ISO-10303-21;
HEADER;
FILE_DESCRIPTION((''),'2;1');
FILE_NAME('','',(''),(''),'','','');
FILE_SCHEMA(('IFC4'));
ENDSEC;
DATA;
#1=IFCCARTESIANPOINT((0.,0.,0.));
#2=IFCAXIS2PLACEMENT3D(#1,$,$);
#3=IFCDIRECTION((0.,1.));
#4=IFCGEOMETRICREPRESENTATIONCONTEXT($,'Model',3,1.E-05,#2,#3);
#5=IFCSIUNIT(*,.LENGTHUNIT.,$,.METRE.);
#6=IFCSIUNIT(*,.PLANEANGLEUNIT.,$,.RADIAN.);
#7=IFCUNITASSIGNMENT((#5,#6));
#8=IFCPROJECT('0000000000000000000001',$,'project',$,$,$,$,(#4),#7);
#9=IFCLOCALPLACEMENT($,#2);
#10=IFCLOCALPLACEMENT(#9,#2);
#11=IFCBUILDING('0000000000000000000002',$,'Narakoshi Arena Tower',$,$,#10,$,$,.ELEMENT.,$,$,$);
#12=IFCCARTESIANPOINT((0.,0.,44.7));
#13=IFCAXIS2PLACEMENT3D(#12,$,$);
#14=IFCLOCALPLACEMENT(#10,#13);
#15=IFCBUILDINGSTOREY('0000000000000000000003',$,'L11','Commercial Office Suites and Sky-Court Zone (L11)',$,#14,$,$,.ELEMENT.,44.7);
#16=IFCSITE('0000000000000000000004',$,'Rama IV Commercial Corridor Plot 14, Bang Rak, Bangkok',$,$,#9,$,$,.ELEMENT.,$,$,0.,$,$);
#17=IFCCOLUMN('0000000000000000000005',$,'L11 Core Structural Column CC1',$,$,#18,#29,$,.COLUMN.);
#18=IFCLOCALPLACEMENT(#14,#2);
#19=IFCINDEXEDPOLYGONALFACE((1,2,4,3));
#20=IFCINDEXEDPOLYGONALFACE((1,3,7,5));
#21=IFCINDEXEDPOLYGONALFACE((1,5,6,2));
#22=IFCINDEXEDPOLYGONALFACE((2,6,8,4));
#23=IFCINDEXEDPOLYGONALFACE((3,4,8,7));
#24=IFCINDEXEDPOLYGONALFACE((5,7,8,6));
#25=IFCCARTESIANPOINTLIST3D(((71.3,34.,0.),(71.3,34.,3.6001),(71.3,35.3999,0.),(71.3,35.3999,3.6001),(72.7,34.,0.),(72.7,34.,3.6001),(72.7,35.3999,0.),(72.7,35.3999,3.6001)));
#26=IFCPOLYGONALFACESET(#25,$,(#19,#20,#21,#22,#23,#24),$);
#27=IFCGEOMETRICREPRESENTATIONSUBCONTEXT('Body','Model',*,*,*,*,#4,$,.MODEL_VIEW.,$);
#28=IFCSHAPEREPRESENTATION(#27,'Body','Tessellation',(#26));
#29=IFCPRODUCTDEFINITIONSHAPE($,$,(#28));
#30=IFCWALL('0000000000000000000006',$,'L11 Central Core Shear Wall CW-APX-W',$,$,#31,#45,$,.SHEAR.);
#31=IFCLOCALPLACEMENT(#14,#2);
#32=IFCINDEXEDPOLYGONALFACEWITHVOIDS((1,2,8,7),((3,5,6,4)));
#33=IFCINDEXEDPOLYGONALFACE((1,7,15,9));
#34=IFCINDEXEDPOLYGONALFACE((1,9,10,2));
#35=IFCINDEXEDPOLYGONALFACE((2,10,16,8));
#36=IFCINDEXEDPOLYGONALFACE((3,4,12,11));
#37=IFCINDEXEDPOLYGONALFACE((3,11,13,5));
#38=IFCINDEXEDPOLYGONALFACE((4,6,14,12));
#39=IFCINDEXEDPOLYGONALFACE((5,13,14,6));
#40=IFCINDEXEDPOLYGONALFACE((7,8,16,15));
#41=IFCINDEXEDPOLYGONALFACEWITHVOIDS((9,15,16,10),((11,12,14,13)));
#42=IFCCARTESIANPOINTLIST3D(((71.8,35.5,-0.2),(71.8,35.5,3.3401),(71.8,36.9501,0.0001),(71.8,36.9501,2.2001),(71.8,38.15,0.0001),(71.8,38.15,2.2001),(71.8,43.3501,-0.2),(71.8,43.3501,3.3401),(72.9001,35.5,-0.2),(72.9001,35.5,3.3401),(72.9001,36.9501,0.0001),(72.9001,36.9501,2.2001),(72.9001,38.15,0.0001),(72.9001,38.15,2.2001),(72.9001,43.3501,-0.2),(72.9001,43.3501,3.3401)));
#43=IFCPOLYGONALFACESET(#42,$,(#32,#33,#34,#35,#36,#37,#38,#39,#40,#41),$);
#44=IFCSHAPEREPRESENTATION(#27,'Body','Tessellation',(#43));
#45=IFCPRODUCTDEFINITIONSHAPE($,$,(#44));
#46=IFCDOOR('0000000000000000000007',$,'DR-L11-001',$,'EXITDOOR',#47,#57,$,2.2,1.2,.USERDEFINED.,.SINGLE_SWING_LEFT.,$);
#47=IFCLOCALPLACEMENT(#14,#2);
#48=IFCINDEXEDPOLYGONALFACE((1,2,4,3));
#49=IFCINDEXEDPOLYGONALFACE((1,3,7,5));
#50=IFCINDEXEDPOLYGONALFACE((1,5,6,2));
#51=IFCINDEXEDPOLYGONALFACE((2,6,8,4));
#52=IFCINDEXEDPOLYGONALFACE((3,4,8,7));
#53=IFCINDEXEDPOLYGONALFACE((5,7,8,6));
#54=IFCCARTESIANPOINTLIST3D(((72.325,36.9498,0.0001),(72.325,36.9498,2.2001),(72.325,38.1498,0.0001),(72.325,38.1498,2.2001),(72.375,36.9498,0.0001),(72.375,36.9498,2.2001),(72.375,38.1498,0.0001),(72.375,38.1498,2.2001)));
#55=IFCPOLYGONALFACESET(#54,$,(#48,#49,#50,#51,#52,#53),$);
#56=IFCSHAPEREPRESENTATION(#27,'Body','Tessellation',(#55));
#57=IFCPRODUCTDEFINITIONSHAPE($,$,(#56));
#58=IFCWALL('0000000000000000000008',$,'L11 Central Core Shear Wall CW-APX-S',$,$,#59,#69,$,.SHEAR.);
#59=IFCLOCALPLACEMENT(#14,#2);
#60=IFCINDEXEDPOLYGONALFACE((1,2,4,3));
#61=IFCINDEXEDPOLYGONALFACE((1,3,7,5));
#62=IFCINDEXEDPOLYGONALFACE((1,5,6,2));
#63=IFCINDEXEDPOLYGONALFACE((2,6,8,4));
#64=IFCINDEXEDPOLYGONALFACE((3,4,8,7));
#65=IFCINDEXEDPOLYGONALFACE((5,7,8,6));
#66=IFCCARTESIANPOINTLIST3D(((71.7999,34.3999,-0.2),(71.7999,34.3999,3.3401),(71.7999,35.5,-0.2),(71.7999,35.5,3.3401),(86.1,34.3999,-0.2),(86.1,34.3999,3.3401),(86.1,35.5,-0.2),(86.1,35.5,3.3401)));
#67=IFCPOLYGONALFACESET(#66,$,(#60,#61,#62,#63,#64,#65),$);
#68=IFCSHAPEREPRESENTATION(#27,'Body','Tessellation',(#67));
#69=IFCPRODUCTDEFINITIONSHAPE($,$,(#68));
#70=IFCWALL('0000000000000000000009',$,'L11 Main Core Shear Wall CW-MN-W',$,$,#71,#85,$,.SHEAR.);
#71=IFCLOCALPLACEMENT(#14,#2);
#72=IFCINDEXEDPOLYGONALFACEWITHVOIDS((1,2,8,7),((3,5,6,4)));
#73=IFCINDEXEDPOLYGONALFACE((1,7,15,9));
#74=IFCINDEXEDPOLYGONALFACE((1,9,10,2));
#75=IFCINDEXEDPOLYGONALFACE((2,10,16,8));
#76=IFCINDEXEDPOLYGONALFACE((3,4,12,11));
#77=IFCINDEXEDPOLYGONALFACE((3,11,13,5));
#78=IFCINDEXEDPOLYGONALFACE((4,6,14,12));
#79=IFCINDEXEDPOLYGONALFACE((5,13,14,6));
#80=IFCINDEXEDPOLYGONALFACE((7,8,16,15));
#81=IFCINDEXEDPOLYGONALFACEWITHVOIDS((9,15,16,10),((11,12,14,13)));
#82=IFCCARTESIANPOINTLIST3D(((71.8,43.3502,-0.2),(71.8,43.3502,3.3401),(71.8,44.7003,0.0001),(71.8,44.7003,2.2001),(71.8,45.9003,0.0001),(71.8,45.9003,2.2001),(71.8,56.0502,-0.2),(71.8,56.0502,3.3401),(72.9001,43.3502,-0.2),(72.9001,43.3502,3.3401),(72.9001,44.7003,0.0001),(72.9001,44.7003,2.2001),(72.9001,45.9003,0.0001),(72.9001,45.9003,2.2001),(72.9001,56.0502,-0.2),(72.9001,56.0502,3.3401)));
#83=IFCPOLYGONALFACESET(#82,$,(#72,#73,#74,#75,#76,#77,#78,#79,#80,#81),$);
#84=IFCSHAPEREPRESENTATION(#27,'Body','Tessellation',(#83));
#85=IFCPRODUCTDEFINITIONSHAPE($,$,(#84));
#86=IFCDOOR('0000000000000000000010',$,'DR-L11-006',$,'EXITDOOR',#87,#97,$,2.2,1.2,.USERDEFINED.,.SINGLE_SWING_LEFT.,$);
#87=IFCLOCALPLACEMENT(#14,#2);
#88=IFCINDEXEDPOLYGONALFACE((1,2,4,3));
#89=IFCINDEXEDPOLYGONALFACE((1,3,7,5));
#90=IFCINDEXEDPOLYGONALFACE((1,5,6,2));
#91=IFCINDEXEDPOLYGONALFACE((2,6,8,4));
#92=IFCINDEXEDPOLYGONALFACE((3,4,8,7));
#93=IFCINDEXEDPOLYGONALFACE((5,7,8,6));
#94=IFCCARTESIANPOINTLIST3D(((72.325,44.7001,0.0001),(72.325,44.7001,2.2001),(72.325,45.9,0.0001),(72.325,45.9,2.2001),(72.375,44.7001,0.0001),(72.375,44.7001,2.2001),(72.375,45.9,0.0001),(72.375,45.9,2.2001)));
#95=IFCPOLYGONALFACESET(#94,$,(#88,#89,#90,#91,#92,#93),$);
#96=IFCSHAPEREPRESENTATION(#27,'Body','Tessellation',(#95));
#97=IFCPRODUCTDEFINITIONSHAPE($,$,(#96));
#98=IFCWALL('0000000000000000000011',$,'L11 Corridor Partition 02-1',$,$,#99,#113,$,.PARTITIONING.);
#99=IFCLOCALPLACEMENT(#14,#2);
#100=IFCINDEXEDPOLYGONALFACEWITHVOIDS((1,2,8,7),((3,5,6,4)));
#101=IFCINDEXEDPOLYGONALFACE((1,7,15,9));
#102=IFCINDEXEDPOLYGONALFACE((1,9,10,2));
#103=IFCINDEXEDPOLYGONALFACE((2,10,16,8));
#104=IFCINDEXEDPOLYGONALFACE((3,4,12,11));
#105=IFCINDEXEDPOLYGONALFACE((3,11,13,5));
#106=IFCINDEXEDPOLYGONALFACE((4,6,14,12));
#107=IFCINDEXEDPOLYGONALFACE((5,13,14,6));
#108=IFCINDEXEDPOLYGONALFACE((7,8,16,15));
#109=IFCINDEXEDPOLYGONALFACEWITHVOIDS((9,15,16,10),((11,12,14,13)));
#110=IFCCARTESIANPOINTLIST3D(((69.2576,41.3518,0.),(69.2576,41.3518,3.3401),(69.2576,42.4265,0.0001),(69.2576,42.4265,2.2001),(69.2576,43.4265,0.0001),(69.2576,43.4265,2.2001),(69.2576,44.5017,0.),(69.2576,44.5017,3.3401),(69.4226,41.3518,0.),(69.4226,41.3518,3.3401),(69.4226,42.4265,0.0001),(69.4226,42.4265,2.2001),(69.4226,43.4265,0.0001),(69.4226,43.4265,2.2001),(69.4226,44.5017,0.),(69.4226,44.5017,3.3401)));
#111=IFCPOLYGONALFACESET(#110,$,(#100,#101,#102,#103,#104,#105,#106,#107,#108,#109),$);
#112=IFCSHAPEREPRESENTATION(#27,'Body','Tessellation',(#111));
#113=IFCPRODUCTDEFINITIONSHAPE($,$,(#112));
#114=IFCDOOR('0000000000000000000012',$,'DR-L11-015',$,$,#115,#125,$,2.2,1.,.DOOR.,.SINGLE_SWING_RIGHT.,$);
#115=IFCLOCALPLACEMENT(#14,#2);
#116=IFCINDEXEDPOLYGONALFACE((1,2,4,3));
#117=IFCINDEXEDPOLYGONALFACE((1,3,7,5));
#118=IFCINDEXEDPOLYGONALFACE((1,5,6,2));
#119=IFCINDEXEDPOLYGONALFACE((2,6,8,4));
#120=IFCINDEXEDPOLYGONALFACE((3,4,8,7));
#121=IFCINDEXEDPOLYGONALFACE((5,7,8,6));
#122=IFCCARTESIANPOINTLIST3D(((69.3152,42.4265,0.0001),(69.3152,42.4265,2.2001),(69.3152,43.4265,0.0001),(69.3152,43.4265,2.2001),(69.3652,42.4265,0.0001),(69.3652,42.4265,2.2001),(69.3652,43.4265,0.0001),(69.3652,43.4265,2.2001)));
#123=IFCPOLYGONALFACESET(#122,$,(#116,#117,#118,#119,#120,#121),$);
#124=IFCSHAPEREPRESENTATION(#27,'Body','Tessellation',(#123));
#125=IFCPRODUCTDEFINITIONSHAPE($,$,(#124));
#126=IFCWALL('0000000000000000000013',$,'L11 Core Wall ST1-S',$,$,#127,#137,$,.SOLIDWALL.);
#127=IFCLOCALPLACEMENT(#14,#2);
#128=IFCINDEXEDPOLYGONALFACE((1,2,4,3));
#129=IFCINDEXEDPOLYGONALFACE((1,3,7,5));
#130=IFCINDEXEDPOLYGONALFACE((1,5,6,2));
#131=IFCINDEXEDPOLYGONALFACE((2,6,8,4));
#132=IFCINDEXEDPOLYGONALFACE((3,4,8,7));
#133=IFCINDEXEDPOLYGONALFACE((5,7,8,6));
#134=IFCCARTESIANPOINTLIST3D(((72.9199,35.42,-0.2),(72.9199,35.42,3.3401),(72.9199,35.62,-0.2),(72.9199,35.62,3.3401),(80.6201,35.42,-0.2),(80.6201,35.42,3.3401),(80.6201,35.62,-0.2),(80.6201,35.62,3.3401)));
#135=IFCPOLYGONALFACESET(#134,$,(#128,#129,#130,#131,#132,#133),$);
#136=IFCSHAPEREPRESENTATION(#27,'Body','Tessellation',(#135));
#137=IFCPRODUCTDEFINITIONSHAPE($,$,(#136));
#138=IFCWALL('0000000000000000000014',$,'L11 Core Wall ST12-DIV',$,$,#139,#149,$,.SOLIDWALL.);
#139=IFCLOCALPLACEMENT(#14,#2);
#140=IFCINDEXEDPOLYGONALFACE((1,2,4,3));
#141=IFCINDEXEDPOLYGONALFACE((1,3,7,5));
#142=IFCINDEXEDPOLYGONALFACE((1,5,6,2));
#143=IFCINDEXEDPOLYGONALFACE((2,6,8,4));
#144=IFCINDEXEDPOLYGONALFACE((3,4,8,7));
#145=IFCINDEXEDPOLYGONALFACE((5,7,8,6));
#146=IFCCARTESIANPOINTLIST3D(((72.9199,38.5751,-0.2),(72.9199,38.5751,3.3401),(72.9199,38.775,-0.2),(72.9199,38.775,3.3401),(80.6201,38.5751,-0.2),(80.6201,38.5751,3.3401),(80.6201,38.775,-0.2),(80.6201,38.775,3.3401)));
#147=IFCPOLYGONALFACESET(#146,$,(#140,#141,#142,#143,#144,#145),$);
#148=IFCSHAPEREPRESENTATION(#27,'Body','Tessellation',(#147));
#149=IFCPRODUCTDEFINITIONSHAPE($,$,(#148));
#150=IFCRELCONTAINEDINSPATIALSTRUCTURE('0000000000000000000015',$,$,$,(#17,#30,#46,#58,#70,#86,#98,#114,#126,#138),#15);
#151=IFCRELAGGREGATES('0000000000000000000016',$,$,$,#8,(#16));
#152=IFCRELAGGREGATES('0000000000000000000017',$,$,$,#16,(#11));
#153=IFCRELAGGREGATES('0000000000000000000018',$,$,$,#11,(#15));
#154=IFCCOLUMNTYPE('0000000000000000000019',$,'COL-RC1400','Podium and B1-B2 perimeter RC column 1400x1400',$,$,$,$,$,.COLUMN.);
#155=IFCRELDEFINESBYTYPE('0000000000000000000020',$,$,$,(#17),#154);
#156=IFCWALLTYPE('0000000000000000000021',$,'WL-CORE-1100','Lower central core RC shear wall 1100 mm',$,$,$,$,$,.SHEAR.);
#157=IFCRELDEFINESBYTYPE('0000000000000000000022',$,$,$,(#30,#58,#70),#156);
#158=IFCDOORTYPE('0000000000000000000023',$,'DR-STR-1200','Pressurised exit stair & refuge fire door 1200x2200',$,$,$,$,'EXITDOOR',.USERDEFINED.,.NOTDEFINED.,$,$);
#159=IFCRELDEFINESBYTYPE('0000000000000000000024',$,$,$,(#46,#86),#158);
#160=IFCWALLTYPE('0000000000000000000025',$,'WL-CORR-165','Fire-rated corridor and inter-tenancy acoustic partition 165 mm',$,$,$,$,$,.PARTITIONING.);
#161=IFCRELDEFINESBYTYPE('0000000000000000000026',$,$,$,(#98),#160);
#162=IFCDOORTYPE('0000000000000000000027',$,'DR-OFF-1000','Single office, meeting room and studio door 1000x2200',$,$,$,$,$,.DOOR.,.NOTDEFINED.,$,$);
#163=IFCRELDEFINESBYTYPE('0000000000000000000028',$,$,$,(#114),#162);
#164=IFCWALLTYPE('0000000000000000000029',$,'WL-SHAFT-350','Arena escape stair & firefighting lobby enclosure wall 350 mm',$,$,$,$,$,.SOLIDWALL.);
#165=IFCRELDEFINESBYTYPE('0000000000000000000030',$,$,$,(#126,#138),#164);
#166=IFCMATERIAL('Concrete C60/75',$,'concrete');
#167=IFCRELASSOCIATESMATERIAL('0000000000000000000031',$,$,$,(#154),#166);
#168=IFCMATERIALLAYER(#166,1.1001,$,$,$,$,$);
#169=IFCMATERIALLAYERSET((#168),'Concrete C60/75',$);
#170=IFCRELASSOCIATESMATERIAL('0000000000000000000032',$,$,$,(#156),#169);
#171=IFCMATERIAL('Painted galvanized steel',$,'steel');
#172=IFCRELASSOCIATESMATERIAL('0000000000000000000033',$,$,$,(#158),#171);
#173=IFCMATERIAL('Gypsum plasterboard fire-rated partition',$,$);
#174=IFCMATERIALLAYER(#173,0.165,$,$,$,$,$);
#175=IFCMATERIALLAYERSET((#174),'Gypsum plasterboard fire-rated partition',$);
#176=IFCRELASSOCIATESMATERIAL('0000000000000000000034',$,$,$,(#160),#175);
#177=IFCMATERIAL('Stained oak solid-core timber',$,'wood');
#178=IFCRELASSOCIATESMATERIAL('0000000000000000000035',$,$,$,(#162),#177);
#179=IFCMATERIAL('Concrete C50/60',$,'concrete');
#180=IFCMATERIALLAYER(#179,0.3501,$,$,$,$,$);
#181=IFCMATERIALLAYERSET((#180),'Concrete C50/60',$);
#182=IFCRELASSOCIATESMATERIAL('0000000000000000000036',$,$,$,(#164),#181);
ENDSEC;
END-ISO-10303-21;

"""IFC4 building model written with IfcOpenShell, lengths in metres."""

from ifc_helpers import new_model, si_unit, direction, frame, frame_2d, origin, origin_2d, place, context, subcontext, project, spatial, rectangle, extrude, material, layer, layer_set, material_profile, profile_set, type_object, element, fill, save


model = new_model("IFC4")

# Units and contexts
model_context = context("Model", 3, precision=1e-05, world=origin(), true_north=direction((0.0, 1.0)))
body_context = subcontext(model_context, "Body", "Model", "MODEL_VIEW")
ifc_project = project(units=[si_unit("LENGTHUNIT", "METRE"), si_unit("PLANEANGLEUNIT", "RADIAN")], contexts=[model_context])

# Site, building, storey
site_placement = place(None, origin())
site = spatial("IfcSite", under=ifc_project, at=site_placement, Name="Rama IV Commercial Corridor Plot 14, Bang Rak, Bangkok", CompositionType="ELEMENT", RefElevation=0.0)
building_placement = place(site_placement, origin())
building = spatial("IfcBuilding", under=site, at=building_placement, Name="Narakoshi Arena Tower", CompositionType="ELEMENT")
storey_placement = place(building_placement, frame((0.0, 0.0, 44.7)))
storey = spatial("IfcBuildingStorey", under=building, at=storey_placement, Name="L11", Description="Commercial Office Suites and Sky-Court Zone (L11)", CompositionType="ELEMENT", Elevation=44.7)

# Column
ifc_material_1 = material(Name="Concrete C60/75", Category="concrete")
ifc_material_profile = material_profile(ifc_material_1, rectangle(XDim=1.3999, YDim=1.3999, at=origin_2d()), Name="RC1400x1400")
ifc_profile_set = profile_set([ifc_material_profile], Name="Concrete C60/75")
column_type = type_object("IfcColumnType", Name="COL-RC1400", Description="Podium and B1-B2 perimeter RC column 1400x1400", PredefinedType="COLUMN", material=ifc_profile_set)
column_placement = place(storey_placement, frame((72.0, 34.7, 0.0), z_axis=(0.0, 0.0, 1.0), x_axis=(1.0, 0.0, 0.0)))
element("IfcColumn", 1, at=column_placement, inside=storey, type_object=column_type, Name="L11 Core Structural Column CC1", PredefinedType="COLUMN", context=body_context, shape_type="SweptSolid", body=[
    extrude(rectangle(XDim=1.3999, YDim=1.3999, at=origin_2d()), origin(), (0.0, 0.0, 1.0), 3.6001),
])

# Wall, opening, door
ifc_layer_1 = layer(ifc_material_1, 1.1001)
ifc_layer_set_1 = layer_set([ifc_layer_1], Name="Concrete C60/75")
wall_type_1 = type_object("IfcWallType", Name="WL-CORE-1100", Description="Lower central core RC shear wall 1100 mm", PredefinedType="SHEAR", material=ifc_layer_set_1)
wall_1_placement = place(storey_placement, frame((72.3501, 35.5, -0.2), z_axis=(0.0, 0.0, 1.0), x_axis=(0.0, 1.0, 0.0)))
wall_1 = element("IfcWall", 2, at=wall_1_placement, inside=storey, type_object=wall_type_1, Name="L11 Central Core Shear Wall CW-APX-W", PredefinedType="SHEAR", context=body_context, shape_type="SweptSolid", body=[
    extrude(rectangle(XDim=7.8501, YDim=1.1001, at=frame_2d((3.925, 0.0))), origin(), (0.0, 0.0, 1.0), 3.54),
])
opening_1_placement = place(wall_1_placement, frame((1.45, 0.0, 0.2)))
opening_1 = element("IfcOpeningElement", 3, at=opening_1_placement, cuts=wall_1, PredefinedType="OPENING", context=body_context, shape_type="SweptSolid", body=[
    extrude(rectangle(XDim=1.2, YDim=2.2, at=frame_2d((0.6001, 1.1001))), frame((0.0, 0.5601, 0.0), z_axis=(0.0, -1.0, 0.0), x_axis=(1.0, 0.0, 0.0)), (0.0, 0.0, 1.0), 1.1201),
])
ifc_material_2 = material(Name="Painted galvanized steel", Category="steel")
door_type_1 = type_object("IfcDoorType", Name="DR-STR-1200", Description="Pressurised exit stair & refuge fire door 1200x2200", ElementType="EXITDOOR", OperationType="NOTDEFINED", PredefinedType="USERDEFINED", material=ifc_material_2)
door_1_placement = place(opening_1_placement, frame((1.2, 0.0, 0.0), z_axis=(0.0, 0.0, 1.0), x_axis=(-1.0, 0.0, 0.0)))
door_1 = element("IfcDoor", 4, at=door_1_placement, inside=storey, type_object=door_type_1, Name="DR-L11-001", ObjectType="EXITDOOR", OperationType="SINGLE_SWING_LEFT", OverallHeight=2.2, OverallWidth=1.2, PredefinedType="USERDEFINED", context=body_context, shape_type="SweptSolid", body=[
    extrude(rectangle(XDim=1.2, YDim=2.2, at=frame_2d((0.6001, 1.1001))), frame((0.0, 0.0249, 0.0), z_axis=(0.0, -1.0, 0.0), x_axis=(1.0, 0.0, 0.0)), (0.0, 0.0, 1.0), 0.05),
])
fill(opening_1, door_1)

# Wall
wall_2_placement = place(storey_placement, frame((71.8, 34.95, -0.2), z_axis=(0.0, 0.0, 1.0), x_axis=(1.0, 0.0, 0.0)))
element("IfcWall", 5, at=wall_2_placement, inside=storey, type_object=wall_type_1, Name="L11 Central Core Shear Wall CW-APX-S", PredefinedType="SHEAR", context=body_context, shape_type="SweptSolid", body=[
    extrude(rectangle(XDim=14.3, YDim=1.1001, at=frame_2d((7.1499, 0.0))), origin(), (0.0, 0.0, 1.0), 3.54),
])

# Walls, openings, doors
wall_3_placement = place(storey_placement, frame((72.3501, 43.3501, -0.2), z_axis=(0.0, 0.0, 1.0), x_axis=(0.0, 1.0, 0.0)))
wall_3 = element("IfcWall", 6, at=wall_3_placement, inside=storey, type_object=wall_type_1, Name="L11 Main Core Shear Wall CW-MN-W", PredefinedType="SHEAR", context=body_context, shape_type="SweptSolid", body=[
    extrude(rectangle(XDim=12.7, YDim=1.1001, at=frame_2d((6.3501, 0.0))), origin(), (0.0, 0.0, 1.0), 3.54),
])
opening_2_placement = place(wall_3_placement, frame((1.3501, 0.0, 0.2)))
opening_2 = element("IfcOpeningElement", 7, at=opening_2_placement, cuts=wall_3, PredefinedType="OPENING", context=body_context, shape_type="SweptSolid", body=[
    extrude(rectangle(XDim=1.2, YDim=2.2, at=frame_2d((0.6001, 1.1001))), frame((0.0, 0.5601, 0.0), z_axis=(0.0, -1.0, 0.0), x_axis=(1.0, 0.0, 0.0)), (0.0, 0.0, 1.0), 1.1201),
])
door_2_placement = place(opening_2_placement, frame((1.2, 0.0, 0.0), z_axis=(0.0, 0.0, 1.0), x_axis=(-1.0, 0.0, 0.0)))
door_2 = element("IfcDoor", 8, at=door_2_placement, inside=storey, type_object=door_type_1, Name="DR-L11-006", ObjectType="EXITDOOR", OperationType="SINGLE_SWING_LEFT", OverallHeight=2.2, OverallWidth=1.2, PredefinedType="USERDEFINED", context=body_context, shape_type="SweptSolid", body=[
    extrude(rectangle(XDim=1.2, YDim=2.2, at=frame_2d((0.6001, 1.1001))), frame((0.0, 0.0249, 0.0), z_axis=(0.0, -1.0, 0.0), x_axis=(1.0, 0.0, 0.0)), (0.0, 0.0, 1.0), 0.05),
])
fill(opening_2, door_2)
ifc_material_3 = material(Name="Gypsum plasterboard fire-rated partition")
ifc_layer_2 = layer(ifc_material_3, 0.165)
ifc_layer_set_2 = layer_set([ifc_layer_2], Name="Gypsum plasterboard fire-rated partition")
wall_type_2 = type_object("IfcWallType", Name="WL-CORR-165", Description="Fire-rated corridor and inter-tenancy acoustic partition 165 mm", PredefinedType="PARTITIONING", material=ifc_layer_set_2)
wall_4_placement = place(storey_placement, frame((69.3401, 44.5017, 0.0), z_axis=(0.0, 0.0, 1.0), x_axis=(0.0, -1.0, 0.0)))
wall_4 = element("IfcWall", 9, at=wall_4_placement, inside=storey, type_object=wall_type_2, Name="L11 Corridor Partition 02-1", PredefinedType="PARTITIONING", context=body_context, shape_type="SweptSolid", body=[
    extrude(rectangle(XDim=3.1499, YDim=0.165, at=frame_2d((1.575, 0.0))), origin(), (0.0, 0.0, 1.0), 3.3401),
])
opening_3_placement = place(wall_4_placement, frame((1.0752, 0.0, 0.0)))
opening_3 = element("IfcOpeningElement", 10, at=opening_3_placement, cuts=wall_4, PredefinedType="OPENING", context=body_context, shape_type="SweptSolid", body=[
    extrude(rectangle(XDim=1.0, YDim=2.2, at=frame_2d((0.5, 1.1001))), frame((0.0, 0.0925, 0.0), z_axis=(0.0, -1.0, 0.0), x_axis=(1.0, 0.0, 0.0)), (0.0, 0.0, 1.0), 0.1851),
])
ifc_material_4 = material(Name="Stained oak solid-core timber", Category="wood")
door_type_2 = type_object("IfcDoorType", Name="DR-OFF-1000", Description="Single office, meeting room and studio door 1000x2200", OperationType="NOTDEFINED", PredefinedType="DOOR", material=ifc_material_4)
door_3_placement = place(opening_3_placement, frame((1.0, 0.0, 0.0), z_axis=(0.0, 0.0, 1.0), x_axis=(-1.0, 0.0, 0.0)))
door_3 = element("IfcDoor", 11, at=door_3_placement, inside=storey, type_object=door_type_2, Name="DR-L11-015", OperationType="SINGLE_SWING_RIGHT", OverallHeight=2.2, OverallWidth=1.0, PredefinedType="DOOR", context=body_context, shape_type="SweptSolid", body=[
    extrude(rectangle(XDim=1.0, YDim=2.2, at=frame_2d((0.5, 1.1001))), frame((0.0, 0.0249, 0.0), z_axis=(0.0, -1.0, 0.0), x_axis=(1.0, 0.0, 0.0)), (0.0, 0.0, 1.0), 0.05),
])
fill(opening_3, door_3)

# Walls
ifc_material_5 = material(Name="Concrete C50/60", Category="concrete")
ifc_layer_3 = layer(ifc_material_5, 0.3501)
ifc_layer_set_3 = layer_set([ifc_layer_3], Name="Concrete C50/60")
wall_type_3 = type_object("IfcWallType", Name="WL-SHAFT-350", Description="Arena escape stair & firefighting lobby enclosure wall 350 mm", PredefinedType="SOLIDWALL", material=ifc_layer_set_3)
for number, where, z_axis, x_axis, name in (
    (12, (72.9199, 35.52, -0.2), (0.0, 0.0, 1.0), (1.0, 0.0, 0.0), "L11 Core Wall ST1-S"),
    (13, (72.9199, 38.675, -0.2), (0.0, 0.0, 1.0), (1.0, 0.0, 0.0), "L11 Core Wall ST12-DIV"),
):
    element("IfcWall", number, at=place(storey_placement, frame(where, z_axis=z_axis, x_axis=x_axis)), inside=storey, type_object=wall_type_3, Name=name, PredefinedType="SOLIDWALL", context=body_context, shape_type="SweptSolid", body=[
        extrude(rectangle(XDim=7.7002, YDim=0.2, at=frame_2d((3.8501, 0.0))), origin(), (0.0, 0.0, 1.0), 3.54),
    ])

save(model, "model.ifc")
